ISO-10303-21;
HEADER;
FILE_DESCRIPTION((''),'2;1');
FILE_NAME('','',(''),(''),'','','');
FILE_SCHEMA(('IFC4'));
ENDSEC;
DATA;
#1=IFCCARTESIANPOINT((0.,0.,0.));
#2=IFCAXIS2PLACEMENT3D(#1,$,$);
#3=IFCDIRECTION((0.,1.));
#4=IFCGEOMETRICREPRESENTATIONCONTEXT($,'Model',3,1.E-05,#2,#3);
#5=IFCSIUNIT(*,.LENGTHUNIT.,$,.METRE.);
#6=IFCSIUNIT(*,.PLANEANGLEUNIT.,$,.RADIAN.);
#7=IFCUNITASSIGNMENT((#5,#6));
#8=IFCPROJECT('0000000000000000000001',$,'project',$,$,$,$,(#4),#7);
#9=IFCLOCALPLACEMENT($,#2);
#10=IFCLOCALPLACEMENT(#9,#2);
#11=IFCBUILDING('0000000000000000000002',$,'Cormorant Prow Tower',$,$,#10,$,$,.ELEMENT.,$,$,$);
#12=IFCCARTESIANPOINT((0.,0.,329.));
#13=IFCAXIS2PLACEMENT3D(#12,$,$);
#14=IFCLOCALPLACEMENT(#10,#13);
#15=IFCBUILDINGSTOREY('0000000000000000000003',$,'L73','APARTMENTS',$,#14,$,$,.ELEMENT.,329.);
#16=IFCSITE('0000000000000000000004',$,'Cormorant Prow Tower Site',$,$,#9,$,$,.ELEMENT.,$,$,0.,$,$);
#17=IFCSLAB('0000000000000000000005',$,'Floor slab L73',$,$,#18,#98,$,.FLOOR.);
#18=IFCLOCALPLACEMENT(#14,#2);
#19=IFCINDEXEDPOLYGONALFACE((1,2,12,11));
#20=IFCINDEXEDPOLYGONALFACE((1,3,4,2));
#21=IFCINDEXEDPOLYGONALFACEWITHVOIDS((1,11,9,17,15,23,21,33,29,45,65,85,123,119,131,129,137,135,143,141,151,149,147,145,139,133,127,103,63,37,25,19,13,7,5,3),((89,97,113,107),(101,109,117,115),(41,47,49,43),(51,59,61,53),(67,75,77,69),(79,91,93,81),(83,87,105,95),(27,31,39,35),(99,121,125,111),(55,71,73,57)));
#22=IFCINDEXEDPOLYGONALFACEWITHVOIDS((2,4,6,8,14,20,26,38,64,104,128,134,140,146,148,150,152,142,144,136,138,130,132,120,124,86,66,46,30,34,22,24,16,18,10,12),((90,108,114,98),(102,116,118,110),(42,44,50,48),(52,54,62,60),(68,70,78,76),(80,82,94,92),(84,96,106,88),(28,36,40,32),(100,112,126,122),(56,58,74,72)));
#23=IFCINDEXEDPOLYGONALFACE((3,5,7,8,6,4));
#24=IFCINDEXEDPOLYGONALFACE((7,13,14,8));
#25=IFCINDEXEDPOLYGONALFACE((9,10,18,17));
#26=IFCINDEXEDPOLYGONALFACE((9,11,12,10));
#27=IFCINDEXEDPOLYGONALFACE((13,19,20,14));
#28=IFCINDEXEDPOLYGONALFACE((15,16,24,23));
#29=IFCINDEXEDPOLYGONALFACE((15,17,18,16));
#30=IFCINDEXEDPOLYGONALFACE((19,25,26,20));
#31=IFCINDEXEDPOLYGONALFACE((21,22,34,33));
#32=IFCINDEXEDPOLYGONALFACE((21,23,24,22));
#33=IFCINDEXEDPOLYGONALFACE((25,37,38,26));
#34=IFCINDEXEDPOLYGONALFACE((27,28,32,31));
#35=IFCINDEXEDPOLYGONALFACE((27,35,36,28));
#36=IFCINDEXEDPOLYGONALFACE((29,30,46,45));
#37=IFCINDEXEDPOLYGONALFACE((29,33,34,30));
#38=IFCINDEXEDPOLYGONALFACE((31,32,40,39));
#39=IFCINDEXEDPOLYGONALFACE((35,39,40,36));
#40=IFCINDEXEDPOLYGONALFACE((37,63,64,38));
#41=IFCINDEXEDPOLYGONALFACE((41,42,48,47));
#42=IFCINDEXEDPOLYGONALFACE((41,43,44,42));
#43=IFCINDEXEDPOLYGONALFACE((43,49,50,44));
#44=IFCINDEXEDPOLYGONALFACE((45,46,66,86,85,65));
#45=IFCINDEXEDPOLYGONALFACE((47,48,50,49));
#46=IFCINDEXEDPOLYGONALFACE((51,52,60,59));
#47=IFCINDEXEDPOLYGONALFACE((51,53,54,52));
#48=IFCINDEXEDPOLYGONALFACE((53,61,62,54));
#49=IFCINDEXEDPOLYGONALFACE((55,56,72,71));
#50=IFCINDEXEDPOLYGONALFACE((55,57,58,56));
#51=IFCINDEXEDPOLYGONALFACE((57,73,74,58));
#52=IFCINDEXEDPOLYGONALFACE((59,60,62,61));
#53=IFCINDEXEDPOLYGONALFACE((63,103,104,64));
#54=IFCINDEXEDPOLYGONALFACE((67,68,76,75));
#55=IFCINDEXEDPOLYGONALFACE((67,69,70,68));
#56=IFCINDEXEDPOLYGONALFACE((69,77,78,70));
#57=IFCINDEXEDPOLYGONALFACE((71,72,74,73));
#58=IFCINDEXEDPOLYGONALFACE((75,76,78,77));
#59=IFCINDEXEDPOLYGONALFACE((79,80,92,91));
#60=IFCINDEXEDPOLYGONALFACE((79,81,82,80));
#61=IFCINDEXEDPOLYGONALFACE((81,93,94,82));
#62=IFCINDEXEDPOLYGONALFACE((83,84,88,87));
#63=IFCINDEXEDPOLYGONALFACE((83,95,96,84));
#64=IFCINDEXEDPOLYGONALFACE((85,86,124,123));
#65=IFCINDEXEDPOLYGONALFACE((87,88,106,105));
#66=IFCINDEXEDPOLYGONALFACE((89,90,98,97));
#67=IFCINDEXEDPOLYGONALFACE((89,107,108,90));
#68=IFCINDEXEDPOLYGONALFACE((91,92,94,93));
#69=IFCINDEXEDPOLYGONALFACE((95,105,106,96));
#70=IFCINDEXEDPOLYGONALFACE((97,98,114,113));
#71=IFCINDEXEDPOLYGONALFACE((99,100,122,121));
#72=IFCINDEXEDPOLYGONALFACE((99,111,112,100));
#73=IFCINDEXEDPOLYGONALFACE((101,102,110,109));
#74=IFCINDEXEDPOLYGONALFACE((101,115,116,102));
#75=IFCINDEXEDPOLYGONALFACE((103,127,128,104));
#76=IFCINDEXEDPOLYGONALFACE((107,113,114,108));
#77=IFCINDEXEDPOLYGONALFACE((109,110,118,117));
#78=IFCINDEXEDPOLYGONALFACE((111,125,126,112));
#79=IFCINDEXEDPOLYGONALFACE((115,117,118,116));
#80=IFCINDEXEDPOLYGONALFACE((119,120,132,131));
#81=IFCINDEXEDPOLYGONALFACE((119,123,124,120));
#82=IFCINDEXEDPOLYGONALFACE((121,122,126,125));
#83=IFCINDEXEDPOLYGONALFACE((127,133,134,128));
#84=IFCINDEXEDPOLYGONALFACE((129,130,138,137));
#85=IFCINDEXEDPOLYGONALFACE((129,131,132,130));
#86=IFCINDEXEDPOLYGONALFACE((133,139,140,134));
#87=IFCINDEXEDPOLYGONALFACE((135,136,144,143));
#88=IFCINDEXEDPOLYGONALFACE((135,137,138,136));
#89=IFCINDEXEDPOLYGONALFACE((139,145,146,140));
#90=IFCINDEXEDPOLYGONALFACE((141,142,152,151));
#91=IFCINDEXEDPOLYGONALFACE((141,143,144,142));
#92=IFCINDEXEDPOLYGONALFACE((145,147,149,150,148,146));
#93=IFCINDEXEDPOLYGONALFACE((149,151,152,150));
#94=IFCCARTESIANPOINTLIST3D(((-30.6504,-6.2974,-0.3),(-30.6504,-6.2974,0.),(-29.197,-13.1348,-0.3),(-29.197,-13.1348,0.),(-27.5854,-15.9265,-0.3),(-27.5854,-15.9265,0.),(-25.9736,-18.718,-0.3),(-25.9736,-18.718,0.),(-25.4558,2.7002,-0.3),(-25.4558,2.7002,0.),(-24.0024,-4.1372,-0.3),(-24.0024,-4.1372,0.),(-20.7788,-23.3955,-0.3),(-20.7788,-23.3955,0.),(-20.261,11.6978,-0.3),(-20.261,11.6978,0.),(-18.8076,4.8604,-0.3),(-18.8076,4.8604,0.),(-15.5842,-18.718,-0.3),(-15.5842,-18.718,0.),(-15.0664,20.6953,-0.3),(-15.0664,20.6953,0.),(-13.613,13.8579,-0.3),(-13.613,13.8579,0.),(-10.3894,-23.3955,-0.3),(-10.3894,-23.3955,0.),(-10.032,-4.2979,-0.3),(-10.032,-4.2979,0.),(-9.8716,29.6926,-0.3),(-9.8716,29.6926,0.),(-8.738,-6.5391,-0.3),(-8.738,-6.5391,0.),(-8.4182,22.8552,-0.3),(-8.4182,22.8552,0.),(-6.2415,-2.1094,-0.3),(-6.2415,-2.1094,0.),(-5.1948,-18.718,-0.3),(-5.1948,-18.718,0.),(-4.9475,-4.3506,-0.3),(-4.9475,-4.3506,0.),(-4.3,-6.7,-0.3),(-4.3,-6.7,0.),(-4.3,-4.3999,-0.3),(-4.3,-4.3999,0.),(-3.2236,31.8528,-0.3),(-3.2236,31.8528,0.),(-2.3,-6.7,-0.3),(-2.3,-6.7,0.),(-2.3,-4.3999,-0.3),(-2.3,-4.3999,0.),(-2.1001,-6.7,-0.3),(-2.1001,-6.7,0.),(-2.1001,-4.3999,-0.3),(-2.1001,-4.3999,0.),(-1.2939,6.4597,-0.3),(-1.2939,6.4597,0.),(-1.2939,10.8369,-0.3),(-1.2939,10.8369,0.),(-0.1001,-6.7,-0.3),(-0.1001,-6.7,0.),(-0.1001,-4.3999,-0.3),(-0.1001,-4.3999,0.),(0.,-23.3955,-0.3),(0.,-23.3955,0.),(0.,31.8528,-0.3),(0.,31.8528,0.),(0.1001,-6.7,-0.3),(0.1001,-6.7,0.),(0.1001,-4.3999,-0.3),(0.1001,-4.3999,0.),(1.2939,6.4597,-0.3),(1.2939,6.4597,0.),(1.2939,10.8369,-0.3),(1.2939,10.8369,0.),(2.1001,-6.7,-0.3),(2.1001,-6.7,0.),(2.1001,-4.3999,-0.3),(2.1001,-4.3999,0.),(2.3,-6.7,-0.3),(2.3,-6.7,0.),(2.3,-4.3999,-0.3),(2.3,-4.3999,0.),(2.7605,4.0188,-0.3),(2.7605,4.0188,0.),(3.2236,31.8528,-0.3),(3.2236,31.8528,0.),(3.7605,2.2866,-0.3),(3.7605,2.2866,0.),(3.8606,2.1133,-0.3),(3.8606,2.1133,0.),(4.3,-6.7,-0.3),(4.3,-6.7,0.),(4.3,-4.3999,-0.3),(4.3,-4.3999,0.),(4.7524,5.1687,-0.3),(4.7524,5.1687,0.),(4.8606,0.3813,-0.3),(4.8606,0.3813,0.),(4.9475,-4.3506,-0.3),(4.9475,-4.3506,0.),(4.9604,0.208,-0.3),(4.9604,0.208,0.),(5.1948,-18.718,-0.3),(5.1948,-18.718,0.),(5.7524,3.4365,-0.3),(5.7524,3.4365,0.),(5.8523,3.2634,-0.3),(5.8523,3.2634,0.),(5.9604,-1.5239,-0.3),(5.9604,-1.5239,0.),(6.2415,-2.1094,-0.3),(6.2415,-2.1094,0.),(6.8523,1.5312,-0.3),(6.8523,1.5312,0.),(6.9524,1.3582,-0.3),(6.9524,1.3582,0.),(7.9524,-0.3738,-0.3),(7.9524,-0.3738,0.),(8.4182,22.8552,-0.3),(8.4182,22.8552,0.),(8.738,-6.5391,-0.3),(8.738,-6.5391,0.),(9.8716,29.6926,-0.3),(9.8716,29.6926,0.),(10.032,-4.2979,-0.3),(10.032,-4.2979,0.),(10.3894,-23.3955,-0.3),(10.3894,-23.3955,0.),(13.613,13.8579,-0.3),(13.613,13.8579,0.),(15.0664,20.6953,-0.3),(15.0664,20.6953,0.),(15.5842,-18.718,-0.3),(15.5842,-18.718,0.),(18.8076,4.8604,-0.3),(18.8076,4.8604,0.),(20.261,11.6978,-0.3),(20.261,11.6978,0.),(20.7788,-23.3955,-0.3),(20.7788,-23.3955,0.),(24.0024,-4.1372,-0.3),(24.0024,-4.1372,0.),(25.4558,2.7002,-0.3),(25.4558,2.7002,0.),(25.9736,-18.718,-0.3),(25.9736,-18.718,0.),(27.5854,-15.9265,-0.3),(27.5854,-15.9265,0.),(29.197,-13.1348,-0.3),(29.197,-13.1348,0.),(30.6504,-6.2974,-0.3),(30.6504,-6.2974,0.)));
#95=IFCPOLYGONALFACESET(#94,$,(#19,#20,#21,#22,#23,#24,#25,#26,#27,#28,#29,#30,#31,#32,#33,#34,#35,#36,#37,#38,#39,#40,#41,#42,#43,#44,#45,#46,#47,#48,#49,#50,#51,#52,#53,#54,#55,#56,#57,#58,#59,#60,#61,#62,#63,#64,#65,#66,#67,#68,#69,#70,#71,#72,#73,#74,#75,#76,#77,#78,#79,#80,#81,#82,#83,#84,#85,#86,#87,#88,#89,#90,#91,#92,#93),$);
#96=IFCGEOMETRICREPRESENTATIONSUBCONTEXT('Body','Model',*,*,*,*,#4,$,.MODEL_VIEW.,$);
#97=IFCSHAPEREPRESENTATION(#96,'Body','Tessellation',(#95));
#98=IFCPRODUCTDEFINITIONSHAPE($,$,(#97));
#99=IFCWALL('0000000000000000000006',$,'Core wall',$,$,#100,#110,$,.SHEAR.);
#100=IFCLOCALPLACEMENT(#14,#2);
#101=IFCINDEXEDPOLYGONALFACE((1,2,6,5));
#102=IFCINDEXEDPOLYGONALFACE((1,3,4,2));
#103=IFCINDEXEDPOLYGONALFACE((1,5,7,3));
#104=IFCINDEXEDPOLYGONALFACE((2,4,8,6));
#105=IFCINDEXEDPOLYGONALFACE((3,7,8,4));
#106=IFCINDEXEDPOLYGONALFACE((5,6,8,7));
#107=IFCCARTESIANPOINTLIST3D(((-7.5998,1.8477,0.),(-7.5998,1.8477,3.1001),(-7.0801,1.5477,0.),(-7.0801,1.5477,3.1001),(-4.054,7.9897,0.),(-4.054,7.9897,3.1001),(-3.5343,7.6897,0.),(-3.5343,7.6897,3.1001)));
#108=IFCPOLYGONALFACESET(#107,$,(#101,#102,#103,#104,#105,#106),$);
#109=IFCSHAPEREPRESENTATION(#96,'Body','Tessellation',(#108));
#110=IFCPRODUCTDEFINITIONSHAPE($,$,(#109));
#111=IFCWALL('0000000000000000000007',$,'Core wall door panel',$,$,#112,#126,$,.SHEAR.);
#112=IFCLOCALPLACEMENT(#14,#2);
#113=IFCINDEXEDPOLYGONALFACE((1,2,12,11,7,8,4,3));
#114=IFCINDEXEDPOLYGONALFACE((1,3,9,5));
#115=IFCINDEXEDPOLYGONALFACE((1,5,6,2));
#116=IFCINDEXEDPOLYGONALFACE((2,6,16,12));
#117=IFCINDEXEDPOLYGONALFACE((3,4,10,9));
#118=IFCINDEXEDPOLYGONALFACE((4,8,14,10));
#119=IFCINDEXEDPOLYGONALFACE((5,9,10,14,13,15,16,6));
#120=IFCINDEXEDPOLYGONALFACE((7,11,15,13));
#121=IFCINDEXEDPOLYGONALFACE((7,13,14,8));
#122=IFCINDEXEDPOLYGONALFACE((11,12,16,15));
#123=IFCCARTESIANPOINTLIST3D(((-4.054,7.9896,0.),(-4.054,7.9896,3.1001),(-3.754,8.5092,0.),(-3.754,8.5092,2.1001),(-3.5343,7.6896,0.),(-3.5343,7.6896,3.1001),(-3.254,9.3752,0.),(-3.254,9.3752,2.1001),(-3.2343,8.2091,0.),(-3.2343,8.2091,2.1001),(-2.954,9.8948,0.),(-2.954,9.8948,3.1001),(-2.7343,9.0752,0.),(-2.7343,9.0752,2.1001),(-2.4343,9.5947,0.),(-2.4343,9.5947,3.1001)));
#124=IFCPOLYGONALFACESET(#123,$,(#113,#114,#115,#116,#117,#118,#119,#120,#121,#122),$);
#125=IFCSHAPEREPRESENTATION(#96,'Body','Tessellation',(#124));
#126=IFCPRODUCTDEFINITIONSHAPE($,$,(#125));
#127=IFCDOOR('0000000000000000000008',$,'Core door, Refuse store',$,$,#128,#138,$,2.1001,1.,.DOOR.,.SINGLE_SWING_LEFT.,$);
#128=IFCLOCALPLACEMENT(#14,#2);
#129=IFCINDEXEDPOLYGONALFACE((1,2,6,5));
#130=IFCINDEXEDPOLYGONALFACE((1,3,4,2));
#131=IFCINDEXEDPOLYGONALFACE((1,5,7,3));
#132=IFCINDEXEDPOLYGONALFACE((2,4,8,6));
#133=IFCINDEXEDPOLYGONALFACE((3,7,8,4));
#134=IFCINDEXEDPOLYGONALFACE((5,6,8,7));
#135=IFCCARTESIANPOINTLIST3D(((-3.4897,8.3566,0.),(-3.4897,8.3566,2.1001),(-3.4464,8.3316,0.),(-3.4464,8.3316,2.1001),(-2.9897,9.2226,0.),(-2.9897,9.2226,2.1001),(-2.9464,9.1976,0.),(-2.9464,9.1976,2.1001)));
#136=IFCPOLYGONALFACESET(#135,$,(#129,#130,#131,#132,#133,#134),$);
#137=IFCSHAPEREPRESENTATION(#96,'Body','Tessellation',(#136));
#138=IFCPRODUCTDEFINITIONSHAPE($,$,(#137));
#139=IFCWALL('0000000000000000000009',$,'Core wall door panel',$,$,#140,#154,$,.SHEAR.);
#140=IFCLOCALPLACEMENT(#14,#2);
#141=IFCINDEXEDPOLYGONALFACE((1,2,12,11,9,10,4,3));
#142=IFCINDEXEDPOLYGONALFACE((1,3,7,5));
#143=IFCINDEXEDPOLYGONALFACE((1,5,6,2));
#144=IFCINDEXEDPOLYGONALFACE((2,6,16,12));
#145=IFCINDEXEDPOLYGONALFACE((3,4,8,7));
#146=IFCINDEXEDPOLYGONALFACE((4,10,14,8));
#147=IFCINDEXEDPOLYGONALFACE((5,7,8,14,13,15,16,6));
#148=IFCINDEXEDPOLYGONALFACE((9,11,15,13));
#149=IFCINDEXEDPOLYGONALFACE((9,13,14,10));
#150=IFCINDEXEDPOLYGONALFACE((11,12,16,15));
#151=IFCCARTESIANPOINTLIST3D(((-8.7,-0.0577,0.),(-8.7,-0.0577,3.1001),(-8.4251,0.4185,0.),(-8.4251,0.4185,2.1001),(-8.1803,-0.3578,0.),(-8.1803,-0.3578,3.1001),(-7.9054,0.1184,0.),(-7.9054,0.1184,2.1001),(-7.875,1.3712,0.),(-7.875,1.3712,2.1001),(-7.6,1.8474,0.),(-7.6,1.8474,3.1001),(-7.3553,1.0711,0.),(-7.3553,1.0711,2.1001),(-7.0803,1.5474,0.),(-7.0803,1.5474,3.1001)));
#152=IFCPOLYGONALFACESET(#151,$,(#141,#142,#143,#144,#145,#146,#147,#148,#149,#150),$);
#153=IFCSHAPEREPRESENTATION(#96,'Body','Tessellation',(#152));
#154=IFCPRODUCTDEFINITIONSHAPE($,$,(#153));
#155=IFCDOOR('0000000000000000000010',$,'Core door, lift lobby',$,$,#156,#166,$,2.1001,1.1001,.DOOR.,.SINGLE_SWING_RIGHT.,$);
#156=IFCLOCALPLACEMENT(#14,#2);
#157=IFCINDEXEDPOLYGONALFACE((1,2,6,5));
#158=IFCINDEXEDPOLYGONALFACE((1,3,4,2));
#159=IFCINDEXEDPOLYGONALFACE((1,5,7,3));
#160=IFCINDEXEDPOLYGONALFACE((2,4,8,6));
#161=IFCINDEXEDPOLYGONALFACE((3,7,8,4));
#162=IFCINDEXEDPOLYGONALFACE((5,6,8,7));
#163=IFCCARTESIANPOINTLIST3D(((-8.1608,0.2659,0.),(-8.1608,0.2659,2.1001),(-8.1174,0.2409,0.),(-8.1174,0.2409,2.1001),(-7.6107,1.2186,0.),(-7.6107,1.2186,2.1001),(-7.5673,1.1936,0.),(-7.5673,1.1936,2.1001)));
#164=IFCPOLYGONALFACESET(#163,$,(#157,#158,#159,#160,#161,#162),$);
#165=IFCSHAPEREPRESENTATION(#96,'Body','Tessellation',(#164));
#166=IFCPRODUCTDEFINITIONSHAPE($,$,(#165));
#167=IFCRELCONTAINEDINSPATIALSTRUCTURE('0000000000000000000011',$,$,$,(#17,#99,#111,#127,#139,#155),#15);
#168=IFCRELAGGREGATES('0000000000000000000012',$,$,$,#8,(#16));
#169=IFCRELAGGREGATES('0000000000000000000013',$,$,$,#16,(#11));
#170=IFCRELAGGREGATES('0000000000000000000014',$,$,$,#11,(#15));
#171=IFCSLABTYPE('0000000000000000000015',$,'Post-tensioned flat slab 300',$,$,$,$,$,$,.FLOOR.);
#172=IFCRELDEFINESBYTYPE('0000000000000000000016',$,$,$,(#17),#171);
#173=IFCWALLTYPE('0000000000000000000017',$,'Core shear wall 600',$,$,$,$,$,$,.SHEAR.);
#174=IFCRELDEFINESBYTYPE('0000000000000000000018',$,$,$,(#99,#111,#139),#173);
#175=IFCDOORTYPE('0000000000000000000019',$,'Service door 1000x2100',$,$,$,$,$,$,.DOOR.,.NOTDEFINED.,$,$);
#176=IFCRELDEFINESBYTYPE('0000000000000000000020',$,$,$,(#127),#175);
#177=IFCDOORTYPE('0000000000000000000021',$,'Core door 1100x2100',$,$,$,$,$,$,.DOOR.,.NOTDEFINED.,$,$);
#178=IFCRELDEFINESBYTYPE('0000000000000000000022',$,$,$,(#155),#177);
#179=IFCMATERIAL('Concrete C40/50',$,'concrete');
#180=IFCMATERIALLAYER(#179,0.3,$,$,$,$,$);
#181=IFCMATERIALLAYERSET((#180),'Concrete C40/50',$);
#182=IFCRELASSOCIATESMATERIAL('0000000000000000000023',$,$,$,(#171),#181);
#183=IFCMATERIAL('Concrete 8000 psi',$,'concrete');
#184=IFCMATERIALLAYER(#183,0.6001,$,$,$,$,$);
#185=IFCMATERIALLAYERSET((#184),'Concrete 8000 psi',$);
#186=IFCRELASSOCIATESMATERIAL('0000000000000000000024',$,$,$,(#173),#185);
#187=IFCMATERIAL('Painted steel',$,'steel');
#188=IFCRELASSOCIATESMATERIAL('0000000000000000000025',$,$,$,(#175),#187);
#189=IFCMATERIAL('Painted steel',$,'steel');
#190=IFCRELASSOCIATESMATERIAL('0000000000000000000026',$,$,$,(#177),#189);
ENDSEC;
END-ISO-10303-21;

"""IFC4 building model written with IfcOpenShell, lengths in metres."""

from ifc_helpers import new_model, si_unit, direction, frame, frame_2d, origin, place, context, subcontext, project, spatial, polyline, rectangle, outline, extrude, material, layer, layer_set, type_object, element, fill, save


model = new_model("IFC4")

# Units and contexts
model_context = context("Model", 3, precision=1e-05, world=origin(), true_north=direction((0.0, 1.0)))
body_context = subcontext(model_context, "Body", "Model", "MODEL_VIEW")
ifc_project = project(units=[si_unit("LENGTHUNIT", "METRE"), si_unit("PLANEANGLEUNIT", "RADIAN")], contexts=[model_context])

# Site, building, storey
site_placement = place(None, origin())
site = spatial("IfcSite", under=ifc_project, at=site_placement, Name="Cormorant Prow Tower Site", CompositionType="ELEMENT", RefElevation=0.0)
building_placement = place(site_placement, origin())
building = spatial("IfcBuilding", under=site, at=building_placement, Name="Cormorant Prow Tower", CompositionType="ELEMENT")
storey_placement = place(building_placement, frame((0.0, 0.0, 329.0)))
storey = spatial("IfcBuildingStorey", under=building, at=storey_placement, Name="L73", Description="APARTMENTS", CompositionType="ELEMENT", Elevation=329.0)

# Slab
ifc_material_1 = material(Name="Concrete C40/50", Category="concrete")
ifc_layer_1 = layer(ifc_material_1, 0.3)
ifc_layer_set_1 = layer_set([ifc_layer_1], Name="Concrete C40/50")
slab_type_1 = type_object("IfcSlabType", Name="Post-tensioned flat slab 300", PredefinedType="FLOOR", material=ifc_layer_set_1)
slab_1_placement = place(storey_placement, frame((0.0, 0.0, -0.3)))
element("IfcSlab", 1, at=slab_1_placement, inside=storey, type_object=slab_type_1, Name="Floor slab L73", PredefinedType="FLOOR", context=body_context, shape_type="SweptSolid", body=[
    extrude(outline(polyline([(-8.4182, 22.8552), (-15.0664, 20.6953), (-13.613, 13.8579), (-20.261, 11.6978), (-18.8076, 4.8604), (-25.4558, 2.7002), (-24.0024, -4.1372), (-30.6504, -6.2974), (-29.197, -13.1348), (-27.5854, -15.9265), (-25.9736, -18.718), (-20.7788, -23.3955), (-15.5842, -18.718), (-10.3894, -23.3955), (-5.1948, -18.718), (0.0, -23.3955), (5.1948, -18.718), (10.3894, -23.3955), (15.5842, -18.718), (20.7788, -23.3955), (25.9736, -18.718), (27.5854, -15.9265), (29.197, -13.1348), (30.6504, -6.2974), (24.0024, -4.1372), (25.4558, 2.7002), (18.8076, 4.8604), (20.261, 11.6978), (13.613, 13.8579), (15.0664, 20.6953), (8.4182, 22.8552), (9.8716, 29.6926), (3.2236, 31.8528), (0.0, 31.8528), (-3.2236, 31.8528), (-9.8716, 29.6926), (-8.4182, 22.8552)]), holes=[polyline([(-4.3, -4.3999), (-2.3, -4.3999), (-2.3, -6.7), (-4.3, -6.7), (-4.3, -4.3999)]), polyline([(-0.1001, -4.3999), (-0.1001, -6.7), (-2.1001, -6.7), (-2.1001, -4.3999), (-0.1001, -4.3999)]), polyline([(2.1001, -6.7), (0.1001, -6.7), (0.1001, -4.3999), (2.1001, -4.3999), (2.1001, -6.7)]), polyline([(2.3, -6.7), (2.3, -4.3999), (4.3, -4.3999), (4.3, -6.7), (2.3, -6.7)]), polyline([(5.9604, -1.5239), (4.9604, 0.208), (6.9524, 1.3582), (7.9524, -0.3738), (5.9604, -1.5239)]), polyline([(3.8606, 2.1133), (5.8523, 3.2634), (6.8523, 1.5312), (4.8606, 0.3813), (3.8606, 2.1133)]), polyline([(4.7524, 5.1687), (5.7524, 3.4365), (3.7605, 2.2866), (2.7605, 4.0188), (4.7524, 5.1687)]), polyline([(-4.9475, -4.3506), (-8.738, -6.5391), (-10.032, -4.2979), (-6.2415, -2.1094), (-4.9475, -4.3506)]), polyline([(10.032, -4.2979), (8.738, -6.5391), (4.9475, -4.3506), (6.2415, -2.1094), (10.032, -4.2979)]), polyline([(1.2939, 10.8369), (1.2939, 6.4597), (-1.2939, 6.4597), (-1.2939, 10.8369), (1.2939, 10.8369)])]), origin(), (0.0, 0.0, 1.0), 0.3),
])

# Wall
ifc_material_2 = material(Name="Concrete 8000 psi", Category="concrete")
ifc_layer_2 = layer(ifc_material_2, 0.6001)
ifc_layer_set_2 = layer_set([ifc_layer_2], Name="Concrete 8000 psi")
wall_type_1 = type_object("IfcWallType", Name="Core shear wall 600", PredefinedType="SHEAR", material=ifc_layer_set_2)
wall_1_placement = place(storey_placement, frame((-3.7942, 7.8396, 0.0), z_axis=(0.0, 0.0, 1.0), x_axis=(-0.499975, -0.86604, 0.0)))
element("IfcWall", 2, at=wall_1_placement, inside=storey, type_object=wall_type_1, Name="Core wall", PredefinedType="SHEAR", context=body_context, shape_type="SweptSolid", body=[
    extrude(rectangle(XDim=7.092, YDim=0.6001, at=frame_2d((3.5459, 0.0))), origin(), (0.0, 0.0, 1.0), 3.1001),
])

# Walls, openings, doors
wall_2_placement = place(storey_placement, frame((-2.6941, 9.7449, 0.0), z_axis=(0.0, 0.0, 1.0), x_axis=(-0.50003, -0.866008, 0.0)))
wall_2 = element("IfcWall", 3, at=wall_2_placement, inside=storey, type_object=wall_type_1, Name="Core wall door panel", PredefinedType="SHEAR", context=body_context, shape_type="SweptSolid", body=[
    extrude(rectangle(XDim=2.2, YDim=0.6001, at=frame_2d((1.1001, 0.0))), origin(), (0.0, 0.0, 1.0), 3.1001),
])
opening_1_placement = place(wall_2_placement, frame((0.6001, 0.0, 0.0)))
opening_1 = element("IfcOpeningElement", 4, at=opening_1_placement, cuts=wall_2, PredefinedType="OPENING", context=body_context, shape_type="SweptSolid", body=[
    extrude(rectangle(XDim=1.0, YDim=2.1001, at=frame_2d((0.5, 1.05))), frame((0.0, 0.3101, 0.0), z_axis=(0.0, -1.0, 0.0), x_axis=(1.0, 0.0, 0.0)), (0.0, 0.0, 1.0), 0.6201),
])
ifc_material_3 = material(Name="Painted steel", Category="steel")
door_type_1 = type_object("IfcDoorType", Name="Service door 1000x2100", OperationType="NOTDEFINED", PredefinedType="DOOR", material=ifc_material_3)
door_1_placement = place(opening_1_placement, origin())
door_1 = element("IfcDoor", 5, at=door_1_placement, inside=storey, type_object=door_type_1, Name="Core door, Refuse store", OperationType="SINGLE_SWING_LEFT", OverallHeight=2.1001, OverallWidth=1.0, PredefinedType="DOOR", context=body_context, shape_type="SweptSolid", body=[
    extrude(rectangle(XDim=1.0, YDim=2.1001, at=frame_2d((0.5, 1.05))), frame((0.0, 0.0552, 0.0), z_axis=(0.0, -1.0, 0.0), x_axis=(1.0, 0.0, 0.0)), (0.0, 0.0, 1.0), 0.05),
])
fill(opening_1, door_1)
wall_3_placement = place(storey_placement, frame((-7.3401, 1.6975, 0.0), z_axis=(0.0, 0.0, 1.0), x_axis=(-0.50003, -0.866008, 0.0)))
wall_3 = element("IfcWall", 6, at=wall_3_placement, inside=storey, type_object=wall_type_1, Name="Core wall door panel", PredefinedType="SHEAR", context=body_context, shape_type="SweptSolid", body=[
    extrude(rectangle(XDim=2.2, YDim=0.6001, at=frame_2d((1.1001, 0.0))), origin(), (0.0, 0.0, 1.0), 3.1001),
])
opening_2_placement = place(wall_3_placement, frame((0.55, 0.0, 0.0)))
opening_2 = element("IfcOpeningElement", 7, at=opening_2_placement, cuts=wall_3, PredefinedType="OPENING", context=body_context, shape_type="SweptSolid", body=[
    extrude(rectangle(XDim=1.1001, YDim=2.1001, at=frame_2d((0.55, 1.05))), frame((0.0, 0.3101, 0.0), z_axis=(0.0, -1.0, 0.0), x_axis=(1.0, 0.0, 0.0)), (0.0, 0.0, 1.0), 0.6201),
])
ifc_material_4 = material(Name="Painted steel", Category="steel")
door_type_2 = type_object("IfcDoorType", Name="Core door 1100x2100", OperationType="NOTDEFINED", PredefinedType="DOOR", material=ifc_material_4)
door_2_placement = place(opening_2_placement, origin())
door_2 = element("IfcDoor", 8, at=door_2_placement, inside=storey, type_object=door_type_2, Name="Core door, lift lobby", OperationType="SINGLE_SWING_RIGHT", OverallHeight=2.1001, OverallWidth=1.1001, PredefinedType="DOOR", context=body_context, shape_type="SweptSolid", body=[
    extrude(rectangle(XDim=1.1001, YDim=2.1001, at=frame_2d((0.55, 1.05))), frame((0.0, 0.0552, 0.0), z_axis=(0.0, -1.0, 0.0), x_axis=(1.0, 0.0, 0.0)), (0.0, 0.0, 1.0), 0.05),
])
fill(opening_2, door_2)

save(model, "model.ifc")
